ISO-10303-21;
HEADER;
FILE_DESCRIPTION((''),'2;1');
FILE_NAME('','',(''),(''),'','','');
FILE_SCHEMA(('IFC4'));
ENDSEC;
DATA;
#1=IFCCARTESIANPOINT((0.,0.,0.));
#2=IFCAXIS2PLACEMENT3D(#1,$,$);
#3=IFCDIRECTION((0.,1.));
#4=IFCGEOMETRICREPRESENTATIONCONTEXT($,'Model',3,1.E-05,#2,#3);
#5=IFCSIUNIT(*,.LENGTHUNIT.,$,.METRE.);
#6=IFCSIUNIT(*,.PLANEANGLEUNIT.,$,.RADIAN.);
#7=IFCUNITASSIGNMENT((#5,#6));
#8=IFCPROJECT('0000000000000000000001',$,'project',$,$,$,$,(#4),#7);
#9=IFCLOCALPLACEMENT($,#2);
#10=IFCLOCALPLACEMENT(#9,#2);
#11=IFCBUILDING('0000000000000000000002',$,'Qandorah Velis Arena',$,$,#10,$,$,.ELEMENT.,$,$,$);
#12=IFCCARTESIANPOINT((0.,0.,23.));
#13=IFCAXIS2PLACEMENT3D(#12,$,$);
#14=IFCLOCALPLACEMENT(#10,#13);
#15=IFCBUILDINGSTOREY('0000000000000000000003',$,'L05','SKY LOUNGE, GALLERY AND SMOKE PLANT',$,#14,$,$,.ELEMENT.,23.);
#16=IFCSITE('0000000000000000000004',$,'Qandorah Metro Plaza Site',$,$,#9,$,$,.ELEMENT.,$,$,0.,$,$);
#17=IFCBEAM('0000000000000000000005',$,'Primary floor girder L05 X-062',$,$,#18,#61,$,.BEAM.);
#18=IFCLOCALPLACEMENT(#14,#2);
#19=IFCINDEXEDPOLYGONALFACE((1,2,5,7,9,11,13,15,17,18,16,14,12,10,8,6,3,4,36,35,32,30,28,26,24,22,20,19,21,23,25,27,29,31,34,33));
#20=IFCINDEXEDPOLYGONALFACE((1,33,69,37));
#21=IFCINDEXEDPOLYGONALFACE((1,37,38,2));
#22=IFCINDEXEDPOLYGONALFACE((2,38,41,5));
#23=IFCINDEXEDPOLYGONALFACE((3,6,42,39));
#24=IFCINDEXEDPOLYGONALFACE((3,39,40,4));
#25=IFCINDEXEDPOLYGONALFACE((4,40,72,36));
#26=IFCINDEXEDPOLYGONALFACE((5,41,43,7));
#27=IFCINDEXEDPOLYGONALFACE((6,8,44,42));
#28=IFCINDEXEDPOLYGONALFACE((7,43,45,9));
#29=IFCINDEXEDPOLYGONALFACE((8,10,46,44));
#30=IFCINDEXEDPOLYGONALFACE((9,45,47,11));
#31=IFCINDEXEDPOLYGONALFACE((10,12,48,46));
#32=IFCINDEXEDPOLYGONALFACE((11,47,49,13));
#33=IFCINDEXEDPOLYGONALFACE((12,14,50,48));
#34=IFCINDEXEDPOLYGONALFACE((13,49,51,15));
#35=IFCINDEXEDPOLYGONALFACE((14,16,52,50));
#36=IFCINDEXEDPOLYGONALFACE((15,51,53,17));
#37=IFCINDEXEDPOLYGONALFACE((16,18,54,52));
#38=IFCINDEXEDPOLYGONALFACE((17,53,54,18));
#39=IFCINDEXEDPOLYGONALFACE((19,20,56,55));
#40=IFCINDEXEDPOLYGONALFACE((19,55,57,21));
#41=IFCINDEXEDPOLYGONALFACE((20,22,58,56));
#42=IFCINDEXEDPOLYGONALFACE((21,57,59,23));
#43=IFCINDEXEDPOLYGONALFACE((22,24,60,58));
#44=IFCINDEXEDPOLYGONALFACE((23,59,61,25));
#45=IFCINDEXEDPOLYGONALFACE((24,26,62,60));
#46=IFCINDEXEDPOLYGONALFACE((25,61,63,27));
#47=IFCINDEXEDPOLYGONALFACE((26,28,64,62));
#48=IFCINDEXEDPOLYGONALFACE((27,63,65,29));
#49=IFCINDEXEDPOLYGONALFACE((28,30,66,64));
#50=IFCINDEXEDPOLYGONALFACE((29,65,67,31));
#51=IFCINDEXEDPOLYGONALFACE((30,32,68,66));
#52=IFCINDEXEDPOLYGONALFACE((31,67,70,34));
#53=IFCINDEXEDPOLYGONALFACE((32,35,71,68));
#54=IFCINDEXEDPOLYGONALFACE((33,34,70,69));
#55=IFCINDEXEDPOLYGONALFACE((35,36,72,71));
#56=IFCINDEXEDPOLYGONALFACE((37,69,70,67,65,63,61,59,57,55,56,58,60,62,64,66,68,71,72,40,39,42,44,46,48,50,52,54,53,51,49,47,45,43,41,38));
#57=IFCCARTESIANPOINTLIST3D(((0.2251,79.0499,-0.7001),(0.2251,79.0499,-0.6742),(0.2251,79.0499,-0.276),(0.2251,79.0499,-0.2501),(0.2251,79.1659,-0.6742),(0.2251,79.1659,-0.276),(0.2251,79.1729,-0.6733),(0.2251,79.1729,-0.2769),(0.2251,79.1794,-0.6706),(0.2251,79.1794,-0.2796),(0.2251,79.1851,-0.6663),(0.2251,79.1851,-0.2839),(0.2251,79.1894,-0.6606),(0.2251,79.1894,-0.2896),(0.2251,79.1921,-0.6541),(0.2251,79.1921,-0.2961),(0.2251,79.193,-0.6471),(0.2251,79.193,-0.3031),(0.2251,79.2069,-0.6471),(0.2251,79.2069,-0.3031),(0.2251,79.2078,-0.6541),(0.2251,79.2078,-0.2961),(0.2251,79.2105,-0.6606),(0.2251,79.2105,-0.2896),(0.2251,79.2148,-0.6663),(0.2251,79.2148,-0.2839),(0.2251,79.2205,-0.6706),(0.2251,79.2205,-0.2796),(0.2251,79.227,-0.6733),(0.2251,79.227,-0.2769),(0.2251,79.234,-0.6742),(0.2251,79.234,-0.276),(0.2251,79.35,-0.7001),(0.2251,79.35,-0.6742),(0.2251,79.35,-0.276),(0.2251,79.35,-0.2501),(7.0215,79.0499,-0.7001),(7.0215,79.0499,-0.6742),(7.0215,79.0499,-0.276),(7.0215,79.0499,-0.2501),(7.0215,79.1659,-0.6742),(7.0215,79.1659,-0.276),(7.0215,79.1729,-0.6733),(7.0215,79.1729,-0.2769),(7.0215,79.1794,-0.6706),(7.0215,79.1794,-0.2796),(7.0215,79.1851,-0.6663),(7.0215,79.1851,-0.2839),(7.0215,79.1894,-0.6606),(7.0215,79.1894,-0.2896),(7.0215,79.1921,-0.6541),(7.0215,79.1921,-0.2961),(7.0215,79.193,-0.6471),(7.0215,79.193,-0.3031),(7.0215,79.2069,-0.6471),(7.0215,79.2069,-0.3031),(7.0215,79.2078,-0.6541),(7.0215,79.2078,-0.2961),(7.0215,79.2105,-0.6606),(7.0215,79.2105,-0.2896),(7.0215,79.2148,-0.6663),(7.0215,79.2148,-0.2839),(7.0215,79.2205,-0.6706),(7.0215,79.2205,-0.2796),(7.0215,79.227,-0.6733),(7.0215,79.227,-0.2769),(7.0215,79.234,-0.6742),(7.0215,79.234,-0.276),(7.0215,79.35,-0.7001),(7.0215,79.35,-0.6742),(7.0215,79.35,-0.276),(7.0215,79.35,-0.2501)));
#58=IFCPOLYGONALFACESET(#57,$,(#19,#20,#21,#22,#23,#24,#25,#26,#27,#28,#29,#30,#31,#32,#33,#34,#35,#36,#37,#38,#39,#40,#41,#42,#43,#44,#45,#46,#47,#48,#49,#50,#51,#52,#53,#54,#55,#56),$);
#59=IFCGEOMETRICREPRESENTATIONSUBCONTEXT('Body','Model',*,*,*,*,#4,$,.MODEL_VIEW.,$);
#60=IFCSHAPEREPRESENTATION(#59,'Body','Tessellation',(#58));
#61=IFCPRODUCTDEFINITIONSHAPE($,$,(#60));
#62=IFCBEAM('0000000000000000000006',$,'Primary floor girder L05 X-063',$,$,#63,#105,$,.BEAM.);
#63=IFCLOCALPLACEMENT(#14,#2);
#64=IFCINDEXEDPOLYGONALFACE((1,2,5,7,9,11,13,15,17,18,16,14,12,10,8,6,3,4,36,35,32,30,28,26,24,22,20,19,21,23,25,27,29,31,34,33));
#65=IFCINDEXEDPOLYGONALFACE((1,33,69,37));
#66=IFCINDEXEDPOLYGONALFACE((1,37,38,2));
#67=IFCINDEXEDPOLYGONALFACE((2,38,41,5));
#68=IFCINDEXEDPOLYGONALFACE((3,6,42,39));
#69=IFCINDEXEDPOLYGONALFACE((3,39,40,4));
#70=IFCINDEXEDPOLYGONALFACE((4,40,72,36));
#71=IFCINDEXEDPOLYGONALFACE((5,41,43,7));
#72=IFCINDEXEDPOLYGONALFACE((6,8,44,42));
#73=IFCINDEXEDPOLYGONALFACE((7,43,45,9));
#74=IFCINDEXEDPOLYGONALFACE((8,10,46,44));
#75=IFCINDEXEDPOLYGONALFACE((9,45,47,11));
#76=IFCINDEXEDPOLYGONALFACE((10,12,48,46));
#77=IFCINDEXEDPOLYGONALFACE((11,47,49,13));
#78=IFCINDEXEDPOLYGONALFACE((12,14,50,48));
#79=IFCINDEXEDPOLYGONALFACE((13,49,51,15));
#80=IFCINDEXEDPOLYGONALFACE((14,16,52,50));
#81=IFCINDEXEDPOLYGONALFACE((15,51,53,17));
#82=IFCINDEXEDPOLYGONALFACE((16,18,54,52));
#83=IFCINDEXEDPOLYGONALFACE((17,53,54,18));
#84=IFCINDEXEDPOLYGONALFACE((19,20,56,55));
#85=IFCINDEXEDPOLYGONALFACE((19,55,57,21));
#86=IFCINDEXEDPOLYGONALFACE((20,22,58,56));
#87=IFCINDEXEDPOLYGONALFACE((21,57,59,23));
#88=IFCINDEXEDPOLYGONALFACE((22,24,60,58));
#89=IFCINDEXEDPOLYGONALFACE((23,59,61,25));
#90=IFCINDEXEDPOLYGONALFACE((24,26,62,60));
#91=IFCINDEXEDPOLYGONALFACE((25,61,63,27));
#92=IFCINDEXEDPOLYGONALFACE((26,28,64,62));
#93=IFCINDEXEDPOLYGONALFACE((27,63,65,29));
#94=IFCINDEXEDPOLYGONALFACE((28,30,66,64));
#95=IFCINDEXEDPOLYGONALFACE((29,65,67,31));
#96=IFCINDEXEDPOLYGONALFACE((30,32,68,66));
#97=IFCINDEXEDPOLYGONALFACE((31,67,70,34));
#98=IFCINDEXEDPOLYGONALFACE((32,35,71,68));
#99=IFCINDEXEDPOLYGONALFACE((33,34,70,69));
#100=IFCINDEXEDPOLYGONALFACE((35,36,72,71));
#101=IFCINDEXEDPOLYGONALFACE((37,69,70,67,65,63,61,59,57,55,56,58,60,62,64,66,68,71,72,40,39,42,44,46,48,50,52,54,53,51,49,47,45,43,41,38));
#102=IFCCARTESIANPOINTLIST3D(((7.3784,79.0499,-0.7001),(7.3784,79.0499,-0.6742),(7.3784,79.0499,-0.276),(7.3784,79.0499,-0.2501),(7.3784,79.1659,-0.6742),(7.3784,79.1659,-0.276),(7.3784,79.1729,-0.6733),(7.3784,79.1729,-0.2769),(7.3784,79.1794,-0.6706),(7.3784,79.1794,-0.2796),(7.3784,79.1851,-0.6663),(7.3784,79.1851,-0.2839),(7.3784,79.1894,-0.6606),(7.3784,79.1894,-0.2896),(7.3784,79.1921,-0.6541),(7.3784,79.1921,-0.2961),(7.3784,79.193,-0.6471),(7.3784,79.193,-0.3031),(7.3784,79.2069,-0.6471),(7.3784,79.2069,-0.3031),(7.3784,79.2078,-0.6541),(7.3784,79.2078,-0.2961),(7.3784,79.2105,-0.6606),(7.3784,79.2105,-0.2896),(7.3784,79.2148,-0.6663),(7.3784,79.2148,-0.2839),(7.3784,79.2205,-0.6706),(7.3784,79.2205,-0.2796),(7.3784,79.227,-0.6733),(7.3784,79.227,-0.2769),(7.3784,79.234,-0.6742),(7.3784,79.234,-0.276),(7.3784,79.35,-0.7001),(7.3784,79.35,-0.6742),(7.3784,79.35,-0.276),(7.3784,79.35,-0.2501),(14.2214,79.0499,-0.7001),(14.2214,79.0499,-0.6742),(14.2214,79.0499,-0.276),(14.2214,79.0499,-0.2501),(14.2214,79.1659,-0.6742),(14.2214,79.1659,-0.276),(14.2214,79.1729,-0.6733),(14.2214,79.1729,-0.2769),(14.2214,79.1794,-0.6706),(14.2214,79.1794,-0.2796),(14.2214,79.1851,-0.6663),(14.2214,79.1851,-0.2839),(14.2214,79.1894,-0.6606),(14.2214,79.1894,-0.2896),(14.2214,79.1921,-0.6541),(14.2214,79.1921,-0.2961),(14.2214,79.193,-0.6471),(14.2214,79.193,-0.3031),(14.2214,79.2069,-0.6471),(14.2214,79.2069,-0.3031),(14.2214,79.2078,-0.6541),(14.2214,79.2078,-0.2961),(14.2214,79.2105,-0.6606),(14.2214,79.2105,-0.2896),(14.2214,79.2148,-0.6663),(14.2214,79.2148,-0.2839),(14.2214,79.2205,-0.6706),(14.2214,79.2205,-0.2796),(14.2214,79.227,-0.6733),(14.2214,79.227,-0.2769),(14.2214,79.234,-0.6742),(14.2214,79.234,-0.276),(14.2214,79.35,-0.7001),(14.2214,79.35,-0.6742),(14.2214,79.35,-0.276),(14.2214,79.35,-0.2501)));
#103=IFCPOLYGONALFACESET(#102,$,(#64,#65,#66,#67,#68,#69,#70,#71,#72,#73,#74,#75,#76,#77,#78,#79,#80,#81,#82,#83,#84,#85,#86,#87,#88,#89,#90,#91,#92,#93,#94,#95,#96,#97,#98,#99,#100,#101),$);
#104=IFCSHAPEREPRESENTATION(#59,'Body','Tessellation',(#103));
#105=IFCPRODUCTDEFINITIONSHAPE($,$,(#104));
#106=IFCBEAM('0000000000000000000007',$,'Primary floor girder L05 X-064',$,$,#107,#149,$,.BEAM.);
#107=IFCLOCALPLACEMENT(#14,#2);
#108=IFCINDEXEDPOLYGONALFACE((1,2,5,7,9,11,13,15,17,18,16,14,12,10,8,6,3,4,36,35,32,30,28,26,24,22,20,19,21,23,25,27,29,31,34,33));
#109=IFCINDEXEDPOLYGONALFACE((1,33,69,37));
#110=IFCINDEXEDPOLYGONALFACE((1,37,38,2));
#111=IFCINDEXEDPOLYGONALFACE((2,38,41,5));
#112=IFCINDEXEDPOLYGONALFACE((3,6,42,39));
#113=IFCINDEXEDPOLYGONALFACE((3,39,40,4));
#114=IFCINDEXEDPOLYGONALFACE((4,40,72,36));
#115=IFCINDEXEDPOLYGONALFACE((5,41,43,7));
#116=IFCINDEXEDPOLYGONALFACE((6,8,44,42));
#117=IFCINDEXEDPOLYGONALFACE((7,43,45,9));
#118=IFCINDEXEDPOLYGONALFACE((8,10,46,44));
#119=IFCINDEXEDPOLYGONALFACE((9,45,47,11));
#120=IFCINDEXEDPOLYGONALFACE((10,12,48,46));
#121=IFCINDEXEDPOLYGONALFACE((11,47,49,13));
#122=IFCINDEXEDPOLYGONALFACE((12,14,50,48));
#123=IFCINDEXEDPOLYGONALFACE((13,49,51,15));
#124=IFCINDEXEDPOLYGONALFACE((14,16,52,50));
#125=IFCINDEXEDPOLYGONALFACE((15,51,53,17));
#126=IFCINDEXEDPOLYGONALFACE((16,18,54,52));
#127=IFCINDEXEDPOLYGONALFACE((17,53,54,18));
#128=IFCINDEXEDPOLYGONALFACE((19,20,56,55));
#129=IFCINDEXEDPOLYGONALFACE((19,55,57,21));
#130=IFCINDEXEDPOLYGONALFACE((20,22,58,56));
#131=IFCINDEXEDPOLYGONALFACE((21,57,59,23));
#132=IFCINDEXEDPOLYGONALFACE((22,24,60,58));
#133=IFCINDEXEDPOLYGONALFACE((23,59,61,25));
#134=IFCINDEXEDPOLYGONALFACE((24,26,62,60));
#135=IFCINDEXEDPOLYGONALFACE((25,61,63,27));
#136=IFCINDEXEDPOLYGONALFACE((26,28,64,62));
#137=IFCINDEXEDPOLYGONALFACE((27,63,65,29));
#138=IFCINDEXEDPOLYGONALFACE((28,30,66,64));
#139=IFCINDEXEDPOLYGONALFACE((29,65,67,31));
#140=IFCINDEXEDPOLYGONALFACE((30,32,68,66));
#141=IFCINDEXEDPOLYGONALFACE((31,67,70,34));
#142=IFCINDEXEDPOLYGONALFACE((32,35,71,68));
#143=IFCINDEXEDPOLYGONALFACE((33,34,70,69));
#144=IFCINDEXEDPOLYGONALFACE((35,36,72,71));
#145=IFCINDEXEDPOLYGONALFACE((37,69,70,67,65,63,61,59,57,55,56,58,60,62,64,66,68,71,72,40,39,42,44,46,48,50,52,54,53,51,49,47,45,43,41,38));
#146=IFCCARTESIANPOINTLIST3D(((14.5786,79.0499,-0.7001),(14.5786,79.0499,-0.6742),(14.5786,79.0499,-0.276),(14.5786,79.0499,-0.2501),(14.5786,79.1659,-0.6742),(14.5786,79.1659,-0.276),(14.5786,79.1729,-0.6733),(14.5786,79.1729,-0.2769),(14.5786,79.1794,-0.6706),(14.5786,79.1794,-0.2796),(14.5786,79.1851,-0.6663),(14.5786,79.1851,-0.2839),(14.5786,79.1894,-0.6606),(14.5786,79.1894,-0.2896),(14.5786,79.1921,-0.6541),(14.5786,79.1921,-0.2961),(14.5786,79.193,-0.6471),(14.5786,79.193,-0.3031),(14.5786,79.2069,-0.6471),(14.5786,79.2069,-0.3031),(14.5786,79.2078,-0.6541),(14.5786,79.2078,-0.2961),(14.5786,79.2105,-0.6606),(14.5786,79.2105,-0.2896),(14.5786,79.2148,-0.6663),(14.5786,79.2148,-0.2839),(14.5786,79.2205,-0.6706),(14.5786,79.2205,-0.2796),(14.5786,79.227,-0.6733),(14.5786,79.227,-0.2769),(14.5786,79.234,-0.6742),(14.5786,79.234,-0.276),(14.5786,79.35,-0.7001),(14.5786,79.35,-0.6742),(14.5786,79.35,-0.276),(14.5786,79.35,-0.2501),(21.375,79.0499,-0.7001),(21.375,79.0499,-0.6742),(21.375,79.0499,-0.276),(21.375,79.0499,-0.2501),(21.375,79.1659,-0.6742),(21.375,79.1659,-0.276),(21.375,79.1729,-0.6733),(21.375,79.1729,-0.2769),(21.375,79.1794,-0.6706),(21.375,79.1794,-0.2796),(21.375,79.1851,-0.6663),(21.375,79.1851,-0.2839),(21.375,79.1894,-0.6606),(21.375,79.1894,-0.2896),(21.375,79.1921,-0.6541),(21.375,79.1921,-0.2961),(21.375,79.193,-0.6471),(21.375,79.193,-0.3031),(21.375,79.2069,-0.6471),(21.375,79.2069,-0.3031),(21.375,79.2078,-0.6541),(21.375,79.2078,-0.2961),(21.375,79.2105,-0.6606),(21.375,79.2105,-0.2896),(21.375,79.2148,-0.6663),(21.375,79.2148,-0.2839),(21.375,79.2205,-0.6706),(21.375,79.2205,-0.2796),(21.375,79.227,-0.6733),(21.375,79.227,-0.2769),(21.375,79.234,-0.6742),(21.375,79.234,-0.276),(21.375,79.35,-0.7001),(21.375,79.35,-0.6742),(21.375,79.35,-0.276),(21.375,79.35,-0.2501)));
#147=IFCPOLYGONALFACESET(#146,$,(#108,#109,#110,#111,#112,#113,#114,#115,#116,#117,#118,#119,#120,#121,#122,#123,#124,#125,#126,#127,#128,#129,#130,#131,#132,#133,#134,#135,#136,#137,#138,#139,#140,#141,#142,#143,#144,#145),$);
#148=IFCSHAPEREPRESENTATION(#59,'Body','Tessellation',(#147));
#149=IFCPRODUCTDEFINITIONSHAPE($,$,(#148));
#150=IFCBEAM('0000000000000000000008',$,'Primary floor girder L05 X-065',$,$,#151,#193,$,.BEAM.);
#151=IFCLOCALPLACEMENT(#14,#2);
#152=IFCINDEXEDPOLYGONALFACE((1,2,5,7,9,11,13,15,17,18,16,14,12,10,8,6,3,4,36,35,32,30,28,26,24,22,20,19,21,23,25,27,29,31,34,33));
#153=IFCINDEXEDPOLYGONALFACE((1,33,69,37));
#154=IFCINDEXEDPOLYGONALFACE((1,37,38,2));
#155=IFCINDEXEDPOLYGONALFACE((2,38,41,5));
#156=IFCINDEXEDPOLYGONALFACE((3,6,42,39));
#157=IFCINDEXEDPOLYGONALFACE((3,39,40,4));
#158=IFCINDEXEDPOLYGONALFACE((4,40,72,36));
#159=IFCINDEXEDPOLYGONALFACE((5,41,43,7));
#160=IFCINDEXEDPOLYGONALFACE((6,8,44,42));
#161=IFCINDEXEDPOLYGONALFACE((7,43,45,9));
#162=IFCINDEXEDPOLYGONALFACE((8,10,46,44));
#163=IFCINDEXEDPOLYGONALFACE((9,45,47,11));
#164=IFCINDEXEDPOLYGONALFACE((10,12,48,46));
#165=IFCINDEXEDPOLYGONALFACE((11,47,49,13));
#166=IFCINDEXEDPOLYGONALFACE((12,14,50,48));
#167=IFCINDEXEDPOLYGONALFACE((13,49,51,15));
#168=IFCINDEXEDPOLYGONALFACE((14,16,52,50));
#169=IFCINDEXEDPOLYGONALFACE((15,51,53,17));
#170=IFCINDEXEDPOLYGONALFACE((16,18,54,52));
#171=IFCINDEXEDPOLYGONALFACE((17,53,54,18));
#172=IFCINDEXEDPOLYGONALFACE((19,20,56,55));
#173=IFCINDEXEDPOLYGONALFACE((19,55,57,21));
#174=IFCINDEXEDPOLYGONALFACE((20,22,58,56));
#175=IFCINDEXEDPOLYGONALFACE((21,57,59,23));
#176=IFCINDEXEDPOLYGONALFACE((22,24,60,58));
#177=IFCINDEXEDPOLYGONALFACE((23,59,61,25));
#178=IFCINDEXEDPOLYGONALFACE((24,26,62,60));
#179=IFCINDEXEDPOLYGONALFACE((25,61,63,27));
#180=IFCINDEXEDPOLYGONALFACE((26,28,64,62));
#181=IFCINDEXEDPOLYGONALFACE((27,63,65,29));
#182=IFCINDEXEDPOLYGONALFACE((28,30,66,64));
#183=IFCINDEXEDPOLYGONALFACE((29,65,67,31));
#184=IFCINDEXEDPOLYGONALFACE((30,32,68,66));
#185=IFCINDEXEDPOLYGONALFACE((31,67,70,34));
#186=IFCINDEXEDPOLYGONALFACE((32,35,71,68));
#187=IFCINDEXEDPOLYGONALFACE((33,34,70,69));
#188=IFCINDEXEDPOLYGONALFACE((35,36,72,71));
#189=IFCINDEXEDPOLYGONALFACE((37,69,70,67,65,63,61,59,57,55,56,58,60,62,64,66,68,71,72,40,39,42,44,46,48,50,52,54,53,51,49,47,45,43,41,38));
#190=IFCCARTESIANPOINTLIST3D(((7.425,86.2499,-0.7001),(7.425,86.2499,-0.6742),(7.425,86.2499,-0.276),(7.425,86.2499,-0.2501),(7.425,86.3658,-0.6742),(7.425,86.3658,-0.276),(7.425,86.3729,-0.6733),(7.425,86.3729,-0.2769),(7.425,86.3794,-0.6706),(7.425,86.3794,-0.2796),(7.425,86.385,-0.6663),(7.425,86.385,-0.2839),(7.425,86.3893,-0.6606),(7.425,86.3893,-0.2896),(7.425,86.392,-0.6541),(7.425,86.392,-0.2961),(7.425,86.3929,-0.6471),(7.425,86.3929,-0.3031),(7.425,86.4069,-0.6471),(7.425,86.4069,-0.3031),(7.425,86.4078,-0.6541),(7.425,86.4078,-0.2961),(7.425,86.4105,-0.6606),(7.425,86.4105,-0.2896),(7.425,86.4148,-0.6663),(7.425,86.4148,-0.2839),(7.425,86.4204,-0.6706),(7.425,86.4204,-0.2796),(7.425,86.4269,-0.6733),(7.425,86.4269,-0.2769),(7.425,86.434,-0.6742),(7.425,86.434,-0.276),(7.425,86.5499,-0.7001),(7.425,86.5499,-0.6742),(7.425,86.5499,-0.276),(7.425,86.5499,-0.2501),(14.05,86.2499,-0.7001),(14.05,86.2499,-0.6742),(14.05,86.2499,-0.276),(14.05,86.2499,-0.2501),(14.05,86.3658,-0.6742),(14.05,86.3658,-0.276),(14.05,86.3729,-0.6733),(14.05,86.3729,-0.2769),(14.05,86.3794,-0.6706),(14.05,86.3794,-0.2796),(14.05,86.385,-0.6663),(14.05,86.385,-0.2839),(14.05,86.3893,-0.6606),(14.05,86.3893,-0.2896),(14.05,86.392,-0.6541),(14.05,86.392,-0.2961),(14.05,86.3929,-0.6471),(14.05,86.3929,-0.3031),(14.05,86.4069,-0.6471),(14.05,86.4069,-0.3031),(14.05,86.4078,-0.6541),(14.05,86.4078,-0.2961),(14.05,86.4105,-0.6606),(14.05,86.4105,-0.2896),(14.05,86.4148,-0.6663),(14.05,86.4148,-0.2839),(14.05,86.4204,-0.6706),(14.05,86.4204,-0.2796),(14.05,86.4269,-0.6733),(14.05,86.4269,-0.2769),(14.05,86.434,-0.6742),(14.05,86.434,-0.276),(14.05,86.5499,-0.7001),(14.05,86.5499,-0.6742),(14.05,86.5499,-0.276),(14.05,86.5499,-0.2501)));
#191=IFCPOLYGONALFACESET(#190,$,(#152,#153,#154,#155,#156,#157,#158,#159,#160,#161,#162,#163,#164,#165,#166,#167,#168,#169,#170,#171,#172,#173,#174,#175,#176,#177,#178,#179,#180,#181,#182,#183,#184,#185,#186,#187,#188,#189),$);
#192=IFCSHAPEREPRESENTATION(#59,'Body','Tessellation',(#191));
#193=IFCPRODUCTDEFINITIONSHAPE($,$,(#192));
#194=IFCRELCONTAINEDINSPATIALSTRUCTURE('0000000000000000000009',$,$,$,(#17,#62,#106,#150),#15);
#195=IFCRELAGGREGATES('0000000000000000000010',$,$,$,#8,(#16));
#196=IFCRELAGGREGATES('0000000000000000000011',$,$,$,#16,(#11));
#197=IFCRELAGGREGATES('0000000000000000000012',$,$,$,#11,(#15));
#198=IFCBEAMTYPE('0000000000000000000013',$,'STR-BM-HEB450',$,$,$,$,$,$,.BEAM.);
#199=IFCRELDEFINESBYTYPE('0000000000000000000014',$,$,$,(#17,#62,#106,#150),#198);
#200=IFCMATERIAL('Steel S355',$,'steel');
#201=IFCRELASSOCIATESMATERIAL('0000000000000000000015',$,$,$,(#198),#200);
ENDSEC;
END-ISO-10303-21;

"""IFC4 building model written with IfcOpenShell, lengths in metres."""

from ifc_helpers import new_model, si_unit, direction, frame, origin, origin_2d, place, context, subcontext, project, spatial, i_section, extrude, material, material_profile, profile_set, type_object, element, save


model = new_model("IFC4")

# Units and contexts
model_context = context("Model", 3, precision=1e-05, world=origin(), true_north=direction((0.0, 1.0)))
body_context = subcontext(model_context, "Body", "Model", "MODEL_VIEW")
ifc_project = project(units=[si_unit("LENGTHUNIT", "METRE"), si_unit("PLANEANGLEUNIT", "RADIAN")], contexts=[model_context])

# Site, building, storey
site_placement = place(None, origin())
site = spatial("IfcSite", under=ifc_project, at=site_placement, Name="Qandorah Metro Plaza Site", CompositionType="ELEMENT", RefElevation=0.0)
building_placement = place(site_placement, origin())
building = spatial("IfcBuilding", under=site, at=building_placement, Name="Qandorah Velis Arena", CompositionType="ELEMENT")
storey_placement = place(building_placement, frame((0.0, 0.0, 23.0)))
storey = spatial("IfcBuildingStorey", under=building, at=storey_placement, Name="L05", Description="SKY LOUNGE, GALLERY AND SMOKE PLANT", CompositionType="ELEMENT", Elevation=23.0)

# Beams
ifc_material_1 = material(Name="Steel S355", Category="steel")
ifc_material_profile_1 = material_profile(ifc_material_1, i_section(OverallWidth=0.3, OverallDepth=0.45, WebThickness=0.0139, FlangeThickness=0.0259, FilletRadius=0.0271, at=origin_2d()), Name="HEB 450")
ifc_profile_set_1 = profile_set([ifc_material_profile_1], Name="Steel S355")
beam_type_1 = type_object("IfcBeamType", Name="STR-BM-HEB450", PredefinedType="BEAM", material=ifc_profile_set_1)
beam_1_placement = place(storey_placement, frame((0.2251, 79.2, -0.4751), z_axis=(1.0, 0.0, 0.0), x_axis=(0.0, 1.0, 0.0)))
element("IfcBeam", 1, at=beam_1_placement, inside=storey, type_object=beam_type_1, Name="Primary floor girder L05 X-062", PredefinedType="BEAM", context=body_context, shape_type="SweptSolid", body=[
    extrude(i_section(OverallWidth=0.3, OverallDepth=0.45, WebThickness=0.0139, FlangeThickness=0.0259, FilletRadius=0.0271, at=origin_2d()), origin(), (0.0, 0.0, 1.0), 6.7964),
])
beam_2_placement = place(storey_placement, frame((7.3784, 79.2, -0.4751), z_axis=(1.0, 0.0, 0.0), x_axis=(0.0, 1.0, 0.0)))
element("IfcBeam", 2, at=beam_2_placement, inside=storey, type_object=beam_type_1, Name="Primary floor girder L05 X-063", PredefinedType="BEAM", context=body_context, shape_type="SweptSolid", body=[
    extrude(i_section(OverallWidth=0.3, OverallDepth=0.45, WebThickness=0.0139, FlangeThickness=0.0259, FilletRadius=0.0271, at=origin_2d()), origin(), (0.0, 0.0, 1.0), 6.843),
])
beam_3_placement = place(storey_placement, frame((14.5786, 79.2, -0.4751), z_axis=(1.0, 0.0, 0.0), x_axis=(0.0, 1.0, 0.0)))
element("IfcBeam", 3, at=beam_3_placement, inside=storey, type_object=beam_type_1, Name="Primary floor girder L05 X-064", PredefinedType="BEAM", context=body_context, shape_type="SweptSolid", body=[
    extrude(i_section(OverallWidth=0.3, OverallDepth=0.45, WebThickness=0.0139, FlangeThickness=0.0259, FilletRadius=0.0271, at=origin_2d()), origin(), (0.0, 0.0, 1.0), 6.7964),
])
beam_4_placement = place(storey_placement, frame((7.425, 86.3999, -0.4751), z_axis=(1.0, 0.0, 0.0), x_axis=(0.0, 1.0, 0.0)))
element("IfcBeam", 4, at=beam_4_placement, inside=storey, type_object=beam_type_1, Name="Primary floor girder L05 X-065", PredefinedType="BEAM", context=body_context, shape_type="SweptSolid", body=[
    extrude(i_section(OverallWidth=0.3, OverallDepth=0.45, WebThickness=0.0139, FlangeThickness=0.0259, FilletRadius=0.0271, at=origin_2d()), origin(), (0.0, 0.0, 1.0), 6.625),
])

save(model, "model.ifc")
